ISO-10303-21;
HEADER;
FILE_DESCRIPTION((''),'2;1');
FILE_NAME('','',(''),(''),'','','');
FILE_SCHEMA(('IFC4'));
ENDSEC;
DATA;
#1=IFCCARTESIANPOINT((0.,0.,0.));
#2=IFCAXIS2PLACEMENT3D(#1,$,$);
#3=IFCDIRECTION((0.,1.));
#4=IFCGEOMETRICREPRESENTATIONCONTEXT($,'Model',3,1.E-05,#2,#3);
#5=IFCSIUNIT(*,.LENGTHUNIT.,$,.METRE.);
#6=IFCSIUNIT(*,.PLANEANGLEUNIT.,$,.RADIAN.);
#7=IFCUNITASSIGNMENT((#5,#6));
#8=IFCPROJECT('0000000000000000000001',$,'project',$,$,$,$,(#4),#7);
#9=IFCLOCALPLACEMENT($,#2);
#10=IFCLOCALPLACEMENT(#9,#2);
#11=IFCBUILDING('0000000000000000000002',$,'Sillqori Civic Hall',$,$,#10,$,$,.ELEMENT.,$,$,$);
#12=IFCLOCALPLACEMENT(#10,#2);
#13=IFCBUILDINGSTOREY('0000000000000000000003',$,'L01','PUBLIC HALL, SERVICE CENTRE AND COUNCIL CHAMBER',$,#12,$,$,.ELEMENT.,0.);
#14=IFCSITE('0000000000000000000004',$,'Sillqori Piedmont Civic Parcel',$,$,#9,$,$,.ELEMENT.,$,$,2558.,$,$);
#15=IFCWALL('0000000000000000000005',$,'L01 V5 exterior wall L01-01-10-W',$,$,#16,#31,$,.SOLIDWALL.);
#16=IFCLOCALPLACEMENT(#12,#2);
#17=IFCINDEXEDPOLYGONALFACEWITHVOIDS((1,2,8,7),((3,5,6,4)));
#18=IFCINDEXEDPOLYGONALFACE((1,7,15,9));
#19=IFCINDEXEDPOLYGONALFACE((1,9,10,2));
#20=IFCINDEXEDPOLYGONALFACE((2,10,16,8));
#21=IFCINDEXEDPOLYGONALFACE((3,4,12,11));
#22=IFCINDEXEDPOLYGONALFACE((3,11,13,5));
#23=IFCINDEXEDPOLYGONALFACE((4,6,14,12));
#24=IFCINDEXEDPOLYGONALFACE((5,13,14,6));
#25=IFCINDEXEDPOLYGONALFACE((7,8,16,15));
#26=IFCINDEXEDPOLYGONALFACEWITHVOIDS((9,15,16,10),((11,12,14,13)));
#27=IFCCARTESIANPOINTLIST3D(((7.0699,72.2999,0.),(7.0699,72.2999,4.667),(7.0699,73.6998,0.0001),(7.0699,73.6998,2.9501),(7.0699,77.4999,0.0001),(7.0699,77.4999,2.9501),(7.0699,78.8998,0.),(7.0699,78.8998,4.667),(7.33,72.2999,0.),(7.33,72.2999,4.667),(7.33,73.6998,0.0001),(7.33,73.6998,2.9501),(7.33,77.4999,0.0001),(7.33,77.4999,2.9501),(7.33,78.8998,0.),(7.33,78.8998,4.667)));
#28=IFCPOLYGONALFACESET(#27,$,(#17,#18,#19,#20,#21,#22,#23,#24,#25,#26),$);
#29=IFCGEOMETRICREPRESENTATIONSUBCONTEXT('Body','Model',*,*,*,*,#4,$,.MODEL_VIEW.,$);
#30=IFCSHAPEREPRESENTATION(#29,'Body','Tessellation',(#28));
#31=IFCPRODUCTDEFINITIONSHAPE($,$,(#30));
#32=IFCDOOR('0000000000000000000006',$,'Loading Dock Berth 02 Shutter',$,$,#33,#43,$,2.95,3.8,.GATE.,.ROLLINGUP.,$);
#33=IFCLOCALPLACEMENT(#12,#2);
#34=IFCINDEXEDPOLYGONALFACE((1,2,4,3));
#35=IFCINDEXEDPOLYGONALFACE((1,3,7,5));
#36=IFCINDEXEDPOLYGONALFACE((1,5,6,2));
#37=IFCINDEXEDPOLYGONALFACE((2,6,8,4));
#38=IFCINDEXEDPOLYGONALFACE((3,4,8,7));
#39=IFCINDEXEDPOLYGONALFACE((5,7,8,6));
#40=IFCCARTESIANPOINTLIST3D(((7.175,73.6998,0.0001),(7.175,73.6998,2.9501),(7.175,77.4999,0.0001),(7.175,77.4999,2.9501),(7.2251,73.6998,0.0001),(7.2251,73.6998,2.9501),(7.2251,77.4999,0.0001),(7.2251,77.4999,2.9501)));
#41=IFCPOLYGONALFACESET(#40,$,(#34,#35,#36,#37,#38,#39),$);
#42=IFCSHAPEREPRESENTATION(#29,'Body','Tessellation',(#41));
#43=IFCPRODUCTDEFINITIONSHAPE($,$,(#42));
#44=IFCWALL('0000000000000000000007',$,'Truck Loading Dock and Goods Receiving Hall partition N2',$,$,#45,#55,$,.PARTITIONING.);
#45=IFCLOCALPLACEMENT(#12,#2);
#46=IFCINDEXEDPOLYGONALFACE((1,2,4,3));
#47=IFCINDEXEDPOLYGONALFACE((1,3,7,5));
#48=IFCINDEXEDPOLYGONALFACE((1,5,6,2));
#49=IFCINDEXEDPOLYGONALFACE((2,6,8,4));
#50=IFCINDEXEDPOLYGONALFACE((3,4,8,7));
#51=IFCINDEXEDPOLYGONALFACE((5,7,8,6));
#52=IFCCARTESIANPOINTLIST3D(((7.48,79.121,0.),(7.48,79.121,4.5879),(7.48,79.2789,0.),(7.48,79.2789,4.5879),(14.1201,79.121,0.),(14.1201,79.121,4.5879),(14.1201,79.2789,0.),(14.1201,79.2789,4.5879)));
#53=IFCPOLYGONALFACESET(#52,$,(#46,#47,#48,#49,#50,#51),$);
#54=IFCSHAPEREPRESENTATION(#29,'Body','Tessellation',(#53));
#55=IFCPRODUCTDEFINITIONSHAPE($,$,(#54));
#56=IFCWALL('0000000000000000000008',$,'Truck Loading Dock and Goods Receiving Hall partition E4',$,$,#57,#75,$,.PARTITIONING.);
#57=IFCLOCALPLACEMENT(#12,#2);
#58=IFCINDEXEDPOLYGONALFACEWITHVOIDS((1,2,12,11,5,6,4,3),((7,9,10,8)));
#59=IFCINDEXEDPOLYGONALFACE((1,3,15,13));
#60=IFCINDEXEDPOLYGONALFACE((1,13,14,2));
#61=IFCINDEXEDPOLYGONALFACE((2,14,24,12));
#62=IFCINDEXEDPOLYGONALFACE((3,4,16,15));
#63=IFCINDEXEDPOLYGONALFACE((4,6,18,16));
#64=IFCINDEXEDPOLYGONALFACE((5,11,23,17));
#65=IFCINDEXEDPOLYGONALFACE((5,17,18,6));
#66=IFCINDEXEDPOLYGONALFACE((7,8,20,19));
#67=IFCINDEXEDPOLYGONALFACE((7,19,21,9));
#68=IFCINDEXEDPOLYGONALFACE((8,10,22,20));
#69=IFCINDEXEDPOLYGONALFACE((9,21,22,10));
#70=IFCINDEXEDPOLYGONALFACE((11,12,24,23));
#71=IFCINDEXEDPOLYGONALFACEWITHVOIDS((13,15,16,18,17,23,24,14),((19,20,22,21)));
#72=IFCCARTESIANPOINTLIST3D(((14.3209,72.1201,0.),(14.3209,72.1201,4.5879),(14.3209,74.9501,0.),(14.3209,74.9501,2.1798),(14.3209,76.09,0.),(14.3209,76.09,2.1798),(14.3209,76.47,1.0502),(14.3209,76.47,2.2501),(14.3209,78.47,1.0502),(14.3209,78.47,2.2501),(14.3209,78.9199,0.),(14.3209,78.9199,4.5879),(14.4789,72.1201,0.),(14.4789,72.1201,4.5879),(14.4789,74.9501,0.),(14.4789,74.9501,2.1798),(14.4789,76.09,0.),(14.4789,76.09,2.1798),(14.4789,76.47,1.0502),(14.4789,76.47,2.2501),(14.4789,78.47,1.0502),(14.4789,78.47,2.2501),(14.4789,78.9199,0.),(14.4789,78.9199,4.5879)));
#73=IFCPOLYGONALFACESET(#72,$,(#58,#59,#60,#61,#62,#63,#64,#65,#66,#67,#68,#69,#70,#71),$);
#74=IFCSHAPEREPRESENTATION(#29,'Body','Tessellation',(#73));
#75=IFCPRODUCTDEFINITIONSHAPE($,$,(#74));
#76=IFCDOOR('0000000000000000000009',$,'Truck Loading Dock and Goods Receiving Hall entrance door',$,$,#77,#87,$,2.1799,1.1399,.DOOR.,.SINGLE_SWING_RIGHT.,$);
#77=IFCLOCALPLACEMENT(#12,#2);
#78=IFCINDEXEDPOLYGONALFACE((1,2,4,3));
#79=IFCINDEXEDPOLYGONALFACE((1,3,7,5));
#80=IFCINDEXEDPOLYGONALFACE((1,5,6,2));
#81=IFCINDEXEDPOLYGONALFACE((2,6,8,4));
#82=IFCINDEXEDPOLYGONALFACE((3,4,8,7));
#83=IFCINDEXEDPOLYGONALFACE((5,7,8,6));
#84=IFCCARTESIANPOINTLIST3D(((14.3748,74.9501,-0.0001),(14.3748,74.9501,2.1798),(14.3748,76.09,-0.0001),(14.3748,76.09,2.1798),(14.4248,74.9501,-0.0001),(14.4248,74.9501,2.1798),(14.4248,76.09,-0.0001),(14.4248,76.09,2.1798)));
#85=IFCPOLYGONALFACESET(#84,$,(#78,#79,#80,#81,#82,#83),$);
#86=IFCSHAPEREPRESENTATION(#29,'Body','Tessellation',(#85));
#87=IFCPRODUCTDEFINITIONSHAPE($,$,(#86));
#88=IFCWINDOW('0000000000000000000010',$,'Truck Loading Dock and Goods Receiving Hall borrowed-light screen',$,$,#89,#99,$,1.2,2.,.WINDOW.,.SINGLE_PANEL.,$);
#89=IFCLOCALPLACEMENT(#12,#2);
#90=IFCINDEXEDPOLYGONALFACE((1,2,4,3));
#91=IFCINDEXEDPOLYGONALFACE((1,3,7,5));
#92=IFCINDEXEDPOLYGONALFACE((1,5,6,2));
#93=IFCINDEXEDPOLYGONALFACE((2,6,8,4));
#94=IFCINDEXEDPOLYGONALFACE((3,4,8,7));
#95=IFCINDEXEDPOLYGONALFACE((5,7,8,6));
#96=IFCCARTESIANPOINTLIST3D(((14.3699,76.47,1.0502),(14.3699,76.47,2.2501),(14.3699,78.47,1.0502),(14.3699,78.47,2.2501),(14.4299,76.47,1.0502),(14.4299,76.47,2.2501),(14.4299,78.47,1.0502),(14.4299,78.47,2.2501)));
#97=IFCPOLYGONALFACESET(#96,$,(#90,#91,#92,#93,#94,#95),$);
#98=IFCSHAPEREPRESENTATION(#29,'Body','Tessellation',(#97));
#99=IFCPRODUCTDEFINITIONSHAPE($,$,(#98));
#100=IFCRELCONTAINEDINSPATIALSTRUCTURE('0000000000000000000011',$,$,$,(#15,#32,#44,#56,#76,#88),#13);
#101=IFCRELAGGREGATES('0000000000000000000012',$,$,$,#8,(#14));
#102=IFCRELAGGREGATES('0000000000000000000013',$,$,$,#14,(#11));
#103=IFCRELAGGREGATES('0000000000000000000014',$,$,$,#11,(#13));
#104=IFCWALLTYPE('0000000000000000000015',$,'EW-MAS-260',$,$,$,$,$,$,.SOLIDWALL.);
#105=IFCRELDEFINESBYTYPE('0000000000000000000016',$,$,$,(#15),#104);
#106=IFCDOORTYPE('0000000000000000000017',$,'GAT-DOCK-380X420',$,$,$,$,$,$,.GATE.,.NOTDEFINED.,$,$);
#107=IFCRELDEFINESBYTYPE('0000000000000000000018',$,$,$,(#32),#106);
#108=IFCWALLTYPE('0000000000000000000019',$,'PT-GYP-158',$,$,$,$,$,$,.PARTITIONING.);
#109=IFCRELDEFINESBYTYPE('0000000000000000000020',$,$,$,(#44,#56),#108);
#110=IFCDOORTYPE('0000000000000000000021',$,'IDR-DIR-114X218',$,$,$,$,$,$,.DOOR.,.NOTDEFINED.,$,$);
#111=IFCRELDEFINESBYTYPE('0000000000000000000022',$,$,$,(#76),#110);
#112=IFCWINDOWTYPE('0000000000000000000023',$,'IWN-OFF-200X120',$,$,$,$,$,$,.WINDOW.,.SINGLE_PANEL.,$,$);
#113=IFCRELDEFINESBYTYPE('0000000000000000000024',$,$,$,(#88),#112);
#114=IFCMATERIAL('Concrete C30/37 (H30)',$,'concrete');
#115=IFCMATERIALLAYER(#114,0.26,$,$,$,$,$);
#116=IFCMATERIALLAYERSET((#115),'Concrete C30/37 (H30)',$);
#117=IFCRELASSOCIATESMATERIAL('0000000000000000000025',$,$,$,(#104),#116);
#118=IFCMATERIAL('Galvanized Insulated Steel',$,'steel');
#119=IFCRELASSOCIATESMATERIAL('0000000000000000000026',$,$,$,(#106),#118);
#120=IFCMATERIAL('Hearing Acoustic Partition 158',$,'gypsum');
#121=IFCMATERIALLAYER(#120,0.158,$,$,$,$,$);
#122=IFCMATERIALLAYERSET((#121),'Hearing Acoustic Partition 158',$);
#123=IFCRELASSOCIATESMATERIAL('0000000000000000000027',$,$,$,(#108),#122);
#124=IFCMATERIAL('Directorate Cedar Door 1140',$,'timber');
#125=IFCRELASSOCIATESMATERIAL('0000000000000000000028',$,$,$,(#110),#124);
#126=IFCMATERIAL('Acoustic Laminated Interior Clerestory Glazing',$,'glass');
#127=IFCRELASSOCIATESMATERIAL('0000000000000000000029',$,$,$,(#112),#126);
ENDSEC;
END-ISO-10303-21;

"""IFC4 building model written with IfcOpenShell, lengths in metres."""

from ifc_helpers import new_model, si_unit, direction, frame, frame_2d, origin, place, context, subcontext, project, spatial, rectangle, extrude, material, layer, layer_set, type_object, element, fill, save


model = new_model("IFC4")

# Units and contexts
model_context = context("Model", 3, precision=1e-05, world=origin(), true_north=direction((0.0, 1.0)))
body_context = subcontext(model_context, "Body", "Model", "MODEL_VIEW")
ifc_project = project(units=[si_unit("LENGTHUNIT", "METRE"), si_unit("PLANEANGLEUNIT", "RADIAN")], contexts=[model_context])

# Site, building, storey
site_placement = place(None, origin())
site = spatial("IfcSite", under=ifc_project, at=site_placement, Name="Sillqori Piedmont Civic Parcel", CompositionType="ELEMENT", RefElevation=2558.0)
building_placement = place(site_placement, origin())
building = spatial("IfcBuilding", under=site, at=building_placement, Name="Sillqori Civic Hall", CompositionType="ELEMENT")
storey_placement = place(building_placement, origin())
storey = spatial("IfcBuildingStorey", under=building, at=storey_placement, Name="L01", Description="PUBLIC HALL, SERVICE CENTRE AND COUNCIL CHAMBER", CompositionType="ELEMENT", Elevation=0.0)

# Wall, opening, door
ifc_material_1 = material(Name="Concrete C30/37 (H30)", Category="concrete")
ifc_layer_1 = layer(ifc_material_1, 0.26)
ifc_layer_set_1 = layer_set([ifc_layer_1], Name="Concrete C30/37 (H30)")
wall_type_1 = type_object("IfcWallType", Name="EW-MAS-260", PredefinedType="SOLIDWALL", material=ifc_layer_set_1)
wall_1_placement = place(storey_placement, frame((7.2, 72.3, 0.0), z_axis=(0.0, 0.0, 1.0), x_axis=(0.0, 1.0, 0.0)))
wall_1 = element("IfcWall", 1, at=wall_1_placement, inside=storey, type_object=wall_type_1, Name="L01 V5 exterior wall L01-01-10-W", PredefinedType="SOLIDWALL", context=body_context, shape_type="SweptSolid", body=[
    extrude(rectangle(XDim=6.5999, YDim=0.26, at=frame_2d((3.2998, 0.0))), origin(), (0.0, 0.0, 1.0), 4.667),
])
opening_1_placement = place(wall_1_placement, frame((1.3999, 0.0, 0.0)))
opening_1 = element("IfcOpeningElement", 2, at=opening_1_placement, cuts=wall_1, PredefinedType="OPENING", context=body_context, shape_type="SweptSolid", body=[
    extrude(rectangle(XDim=3.8, YDim=2.95, at=frame_2d((1.8999, 1.4751))), frame((0.0, 0.1399, 0.0), z_axis=(0.0, -1.0, 0.0), x_axis=(1.0, 0.0, 0.0)), (0.0, 0.0, 1.0), 0.28),
])
ifc_material_2 = material(Name="Galvanized Insulated Steel", Category="steel")
door_type_1 = type_object("IfcDoorType", Name="GAT-DOCK-380X420", OperationType="NOTDEFINED", PredefinedType="GATE", material=ifc_material_2)
door_1_placement = place(opening_1_placement, origin())
door_1 = element("IfcDoor", 3, at=door_1_placement, inside=storey, type_object=door_type_1, Name="Loading Dock Berth 02 Shutter", OperationType="ROLLINGUP", OverallHeight=2.95, OverallWidth=3.8, PredefinedType="GATE", context=body_context, shape_type="SweptSolid", body=[
    extrude(rectangle(XDim=3.8, YDim=2.95, at=frame_2d((1.8999, 1.4751))), frame((0.0, 0.0249, 0.0), z_axis=(0.0, -1.0, 0.0), x_axis=(1.0, 0.0, 0.0)), (0.0, 0.0, 1.0), 0.05),
])
fill(opening_1, door_1)

# Wall
ifc_material_3 = material(Name="Hearing Acoustic Partition 158", Category="gypsum")
ifc_layer_2 = layer(ifc_material_3, 0.158)
ifc_layer_set_2 = layer_set([ifc_layer_2], Name="Hearing Acoustic Partition 158")
wall_type_2 = type_object("IfcWallType", Name="PT-GYP-158", PredefinedType="PARTITIONING", material=ifc_layer_set_2)
wall_2_placement = place(storey_placement, frame((7.48, 79.2, 0.0), z_axis=(0.0, 0.0, 1.0), x_axis=(1.0, 0.0, 0.0)))
element("IfcWall", 4, at=wall_2_placement, inside=storey, type_object=wall_type_2, Name="Truck Loading Dock and Goods Receiving Hall partition N2", PredefinedType="PARTITIONING", context=body_context, shape_type="SweptSolid", body=[
    extrude(rectangle(XDim=6.6401, YDim=0.158, at=frame_2d((3.3201, 0.0))), origin(), (0.0, 0.0, 1.0), 4.5879),
])

# Wall, openings, door, window
wall_3_placement = place(storey_placement, frame((14.3999, 78.9199, 0.0), z_axis=(0.0, 0.0, 1.0), x_axis=(0.0, -1.0, 0.0)))
wall_3 = element("IfcWall", 5, at=wall_3_placement, inside=storey, type_object=wall_type_2, Name="Truck Loading Dock and Goods Receiving Hall partition E4", PredefinedType="PARTITIONING", context=body_context, shape_type="SweptSolid", body=[
    extrude(rectangle(XDim=6.7998, YDim=0.158, at=frame_2d((3.3999, 0.0))), origin(), (0.0, 0.0, 1.0), 4.5879),
])
opening_2_placement = place(wall_3_placement, frame((2.8301, 0.0, 0.0)))
opening_2 = element("IfcOpeningElement", 6, at=opening_2_placement, cuts=wall_3, PredefinedType="OPENING", context=body_context, shape_type="SweptSolid", body=[
    extrude(rectangle(XDim=1.1399, YDim=2.1799, at=frame_2d((0.5698, 1.0898))), frame((0.0, 0.0889, 0.0), z_axis=(0.0, -1.0, 0.0), x_axis=(1.0, 0.0, 0.0)), (0.0, 0.0, 1.0), 0.178),
])
opening_3_placement = place(wall_3_placement, frame((0.45, 0.0, 1.05)))
opening_3 = element("IfcOpeningElement", 7, at=opening_3_placement, cuts=wall_3, PredefinedType="OPENING", context=body_context, shape_type="SweptSolid", body=[
    extrude(rectangle(XDim=2.0, YDim=1.2, at=frame_2d((1.0, 0.6001))), frame((0.0, 0.0889, 0.0), z_axis=(0.0, -1.0, 0.0), x_axis=(1.0, 0.0, 0.0)), (0.0, 0.0, 1.0), 0.178),
])
ifc_material_4 = material(Name="Directorate Cedar Door 1140", Category="timber")
door_type_2 = type_object("IfcDoorType", Name="IDR-DIR-114X218", OperationType="NOTDEFINED", PredefinedType="DOOR", material=ifc_material_4)
door_2_placement = place(opening_2_placement, origin())
door_2 = element("IfcDoor", 8, at=door_2_placement, inside=storey, type_object=door_type_2, Name="Truck Loading Dock and Goods Receiving Hall entrance door", OperationType="SINGLE_SWING_RIGHT", OverallHeight=2.1799, OverallWidth=1.1399, PredefinedType="DOOR", context=body_context, shape_type="SweptSolid", body=[
    extrude(rectangle(XDim=1.1399, YDim=2.1799, at=frame_2d((0.5698, 1.0898))), frame((0.0, 0.0249, 0.0), z_axis=(0.0, -1.0, 0.0), x_axis=(1.0, 0.0, 0.0)), (0.0, 0.0, 1.0), 0.05),
])
fill(opening_2, door_2)
ifc_material_5 = material(Name="Acoustic Laminated Interior Clerestory Glazing", Category="glass")
window_type = type_object("IfcWindowType", Name="IWN-OFF-200X120", PartitioningType="SINGLE_PANEL", PredefinedType="WINDOW", material=ifc_material_5)
window_placement = place(opening_3_placement, origin())
window = element("IfcWindow", 9, at=window_placement, inside=storey, type_object=window_type, Name="Truck Loading Dock and Goods Receiving Hall borrowed-light screen", OverallHeight=1.2, OverallWidth=2.0, PartitioningType="SINGLE_PANEL", PredefinedType="WINDOW", context=body_context, shape_type="SweptSolid", body=[
    extrude(rectangle(XDim=2.0, YDim=1.2, at=frame_2d((1.0, 0.6001))), frame((0.0, 0.03, 0.0), z_axis=(0.0, -1.0, 0.0), x_axis=(1.0, 0.0, 0.0)), (0.0, 0.0, 1.0), 0.0601),
])
fill(opening_3, window)

save(model, "model.ifc")
